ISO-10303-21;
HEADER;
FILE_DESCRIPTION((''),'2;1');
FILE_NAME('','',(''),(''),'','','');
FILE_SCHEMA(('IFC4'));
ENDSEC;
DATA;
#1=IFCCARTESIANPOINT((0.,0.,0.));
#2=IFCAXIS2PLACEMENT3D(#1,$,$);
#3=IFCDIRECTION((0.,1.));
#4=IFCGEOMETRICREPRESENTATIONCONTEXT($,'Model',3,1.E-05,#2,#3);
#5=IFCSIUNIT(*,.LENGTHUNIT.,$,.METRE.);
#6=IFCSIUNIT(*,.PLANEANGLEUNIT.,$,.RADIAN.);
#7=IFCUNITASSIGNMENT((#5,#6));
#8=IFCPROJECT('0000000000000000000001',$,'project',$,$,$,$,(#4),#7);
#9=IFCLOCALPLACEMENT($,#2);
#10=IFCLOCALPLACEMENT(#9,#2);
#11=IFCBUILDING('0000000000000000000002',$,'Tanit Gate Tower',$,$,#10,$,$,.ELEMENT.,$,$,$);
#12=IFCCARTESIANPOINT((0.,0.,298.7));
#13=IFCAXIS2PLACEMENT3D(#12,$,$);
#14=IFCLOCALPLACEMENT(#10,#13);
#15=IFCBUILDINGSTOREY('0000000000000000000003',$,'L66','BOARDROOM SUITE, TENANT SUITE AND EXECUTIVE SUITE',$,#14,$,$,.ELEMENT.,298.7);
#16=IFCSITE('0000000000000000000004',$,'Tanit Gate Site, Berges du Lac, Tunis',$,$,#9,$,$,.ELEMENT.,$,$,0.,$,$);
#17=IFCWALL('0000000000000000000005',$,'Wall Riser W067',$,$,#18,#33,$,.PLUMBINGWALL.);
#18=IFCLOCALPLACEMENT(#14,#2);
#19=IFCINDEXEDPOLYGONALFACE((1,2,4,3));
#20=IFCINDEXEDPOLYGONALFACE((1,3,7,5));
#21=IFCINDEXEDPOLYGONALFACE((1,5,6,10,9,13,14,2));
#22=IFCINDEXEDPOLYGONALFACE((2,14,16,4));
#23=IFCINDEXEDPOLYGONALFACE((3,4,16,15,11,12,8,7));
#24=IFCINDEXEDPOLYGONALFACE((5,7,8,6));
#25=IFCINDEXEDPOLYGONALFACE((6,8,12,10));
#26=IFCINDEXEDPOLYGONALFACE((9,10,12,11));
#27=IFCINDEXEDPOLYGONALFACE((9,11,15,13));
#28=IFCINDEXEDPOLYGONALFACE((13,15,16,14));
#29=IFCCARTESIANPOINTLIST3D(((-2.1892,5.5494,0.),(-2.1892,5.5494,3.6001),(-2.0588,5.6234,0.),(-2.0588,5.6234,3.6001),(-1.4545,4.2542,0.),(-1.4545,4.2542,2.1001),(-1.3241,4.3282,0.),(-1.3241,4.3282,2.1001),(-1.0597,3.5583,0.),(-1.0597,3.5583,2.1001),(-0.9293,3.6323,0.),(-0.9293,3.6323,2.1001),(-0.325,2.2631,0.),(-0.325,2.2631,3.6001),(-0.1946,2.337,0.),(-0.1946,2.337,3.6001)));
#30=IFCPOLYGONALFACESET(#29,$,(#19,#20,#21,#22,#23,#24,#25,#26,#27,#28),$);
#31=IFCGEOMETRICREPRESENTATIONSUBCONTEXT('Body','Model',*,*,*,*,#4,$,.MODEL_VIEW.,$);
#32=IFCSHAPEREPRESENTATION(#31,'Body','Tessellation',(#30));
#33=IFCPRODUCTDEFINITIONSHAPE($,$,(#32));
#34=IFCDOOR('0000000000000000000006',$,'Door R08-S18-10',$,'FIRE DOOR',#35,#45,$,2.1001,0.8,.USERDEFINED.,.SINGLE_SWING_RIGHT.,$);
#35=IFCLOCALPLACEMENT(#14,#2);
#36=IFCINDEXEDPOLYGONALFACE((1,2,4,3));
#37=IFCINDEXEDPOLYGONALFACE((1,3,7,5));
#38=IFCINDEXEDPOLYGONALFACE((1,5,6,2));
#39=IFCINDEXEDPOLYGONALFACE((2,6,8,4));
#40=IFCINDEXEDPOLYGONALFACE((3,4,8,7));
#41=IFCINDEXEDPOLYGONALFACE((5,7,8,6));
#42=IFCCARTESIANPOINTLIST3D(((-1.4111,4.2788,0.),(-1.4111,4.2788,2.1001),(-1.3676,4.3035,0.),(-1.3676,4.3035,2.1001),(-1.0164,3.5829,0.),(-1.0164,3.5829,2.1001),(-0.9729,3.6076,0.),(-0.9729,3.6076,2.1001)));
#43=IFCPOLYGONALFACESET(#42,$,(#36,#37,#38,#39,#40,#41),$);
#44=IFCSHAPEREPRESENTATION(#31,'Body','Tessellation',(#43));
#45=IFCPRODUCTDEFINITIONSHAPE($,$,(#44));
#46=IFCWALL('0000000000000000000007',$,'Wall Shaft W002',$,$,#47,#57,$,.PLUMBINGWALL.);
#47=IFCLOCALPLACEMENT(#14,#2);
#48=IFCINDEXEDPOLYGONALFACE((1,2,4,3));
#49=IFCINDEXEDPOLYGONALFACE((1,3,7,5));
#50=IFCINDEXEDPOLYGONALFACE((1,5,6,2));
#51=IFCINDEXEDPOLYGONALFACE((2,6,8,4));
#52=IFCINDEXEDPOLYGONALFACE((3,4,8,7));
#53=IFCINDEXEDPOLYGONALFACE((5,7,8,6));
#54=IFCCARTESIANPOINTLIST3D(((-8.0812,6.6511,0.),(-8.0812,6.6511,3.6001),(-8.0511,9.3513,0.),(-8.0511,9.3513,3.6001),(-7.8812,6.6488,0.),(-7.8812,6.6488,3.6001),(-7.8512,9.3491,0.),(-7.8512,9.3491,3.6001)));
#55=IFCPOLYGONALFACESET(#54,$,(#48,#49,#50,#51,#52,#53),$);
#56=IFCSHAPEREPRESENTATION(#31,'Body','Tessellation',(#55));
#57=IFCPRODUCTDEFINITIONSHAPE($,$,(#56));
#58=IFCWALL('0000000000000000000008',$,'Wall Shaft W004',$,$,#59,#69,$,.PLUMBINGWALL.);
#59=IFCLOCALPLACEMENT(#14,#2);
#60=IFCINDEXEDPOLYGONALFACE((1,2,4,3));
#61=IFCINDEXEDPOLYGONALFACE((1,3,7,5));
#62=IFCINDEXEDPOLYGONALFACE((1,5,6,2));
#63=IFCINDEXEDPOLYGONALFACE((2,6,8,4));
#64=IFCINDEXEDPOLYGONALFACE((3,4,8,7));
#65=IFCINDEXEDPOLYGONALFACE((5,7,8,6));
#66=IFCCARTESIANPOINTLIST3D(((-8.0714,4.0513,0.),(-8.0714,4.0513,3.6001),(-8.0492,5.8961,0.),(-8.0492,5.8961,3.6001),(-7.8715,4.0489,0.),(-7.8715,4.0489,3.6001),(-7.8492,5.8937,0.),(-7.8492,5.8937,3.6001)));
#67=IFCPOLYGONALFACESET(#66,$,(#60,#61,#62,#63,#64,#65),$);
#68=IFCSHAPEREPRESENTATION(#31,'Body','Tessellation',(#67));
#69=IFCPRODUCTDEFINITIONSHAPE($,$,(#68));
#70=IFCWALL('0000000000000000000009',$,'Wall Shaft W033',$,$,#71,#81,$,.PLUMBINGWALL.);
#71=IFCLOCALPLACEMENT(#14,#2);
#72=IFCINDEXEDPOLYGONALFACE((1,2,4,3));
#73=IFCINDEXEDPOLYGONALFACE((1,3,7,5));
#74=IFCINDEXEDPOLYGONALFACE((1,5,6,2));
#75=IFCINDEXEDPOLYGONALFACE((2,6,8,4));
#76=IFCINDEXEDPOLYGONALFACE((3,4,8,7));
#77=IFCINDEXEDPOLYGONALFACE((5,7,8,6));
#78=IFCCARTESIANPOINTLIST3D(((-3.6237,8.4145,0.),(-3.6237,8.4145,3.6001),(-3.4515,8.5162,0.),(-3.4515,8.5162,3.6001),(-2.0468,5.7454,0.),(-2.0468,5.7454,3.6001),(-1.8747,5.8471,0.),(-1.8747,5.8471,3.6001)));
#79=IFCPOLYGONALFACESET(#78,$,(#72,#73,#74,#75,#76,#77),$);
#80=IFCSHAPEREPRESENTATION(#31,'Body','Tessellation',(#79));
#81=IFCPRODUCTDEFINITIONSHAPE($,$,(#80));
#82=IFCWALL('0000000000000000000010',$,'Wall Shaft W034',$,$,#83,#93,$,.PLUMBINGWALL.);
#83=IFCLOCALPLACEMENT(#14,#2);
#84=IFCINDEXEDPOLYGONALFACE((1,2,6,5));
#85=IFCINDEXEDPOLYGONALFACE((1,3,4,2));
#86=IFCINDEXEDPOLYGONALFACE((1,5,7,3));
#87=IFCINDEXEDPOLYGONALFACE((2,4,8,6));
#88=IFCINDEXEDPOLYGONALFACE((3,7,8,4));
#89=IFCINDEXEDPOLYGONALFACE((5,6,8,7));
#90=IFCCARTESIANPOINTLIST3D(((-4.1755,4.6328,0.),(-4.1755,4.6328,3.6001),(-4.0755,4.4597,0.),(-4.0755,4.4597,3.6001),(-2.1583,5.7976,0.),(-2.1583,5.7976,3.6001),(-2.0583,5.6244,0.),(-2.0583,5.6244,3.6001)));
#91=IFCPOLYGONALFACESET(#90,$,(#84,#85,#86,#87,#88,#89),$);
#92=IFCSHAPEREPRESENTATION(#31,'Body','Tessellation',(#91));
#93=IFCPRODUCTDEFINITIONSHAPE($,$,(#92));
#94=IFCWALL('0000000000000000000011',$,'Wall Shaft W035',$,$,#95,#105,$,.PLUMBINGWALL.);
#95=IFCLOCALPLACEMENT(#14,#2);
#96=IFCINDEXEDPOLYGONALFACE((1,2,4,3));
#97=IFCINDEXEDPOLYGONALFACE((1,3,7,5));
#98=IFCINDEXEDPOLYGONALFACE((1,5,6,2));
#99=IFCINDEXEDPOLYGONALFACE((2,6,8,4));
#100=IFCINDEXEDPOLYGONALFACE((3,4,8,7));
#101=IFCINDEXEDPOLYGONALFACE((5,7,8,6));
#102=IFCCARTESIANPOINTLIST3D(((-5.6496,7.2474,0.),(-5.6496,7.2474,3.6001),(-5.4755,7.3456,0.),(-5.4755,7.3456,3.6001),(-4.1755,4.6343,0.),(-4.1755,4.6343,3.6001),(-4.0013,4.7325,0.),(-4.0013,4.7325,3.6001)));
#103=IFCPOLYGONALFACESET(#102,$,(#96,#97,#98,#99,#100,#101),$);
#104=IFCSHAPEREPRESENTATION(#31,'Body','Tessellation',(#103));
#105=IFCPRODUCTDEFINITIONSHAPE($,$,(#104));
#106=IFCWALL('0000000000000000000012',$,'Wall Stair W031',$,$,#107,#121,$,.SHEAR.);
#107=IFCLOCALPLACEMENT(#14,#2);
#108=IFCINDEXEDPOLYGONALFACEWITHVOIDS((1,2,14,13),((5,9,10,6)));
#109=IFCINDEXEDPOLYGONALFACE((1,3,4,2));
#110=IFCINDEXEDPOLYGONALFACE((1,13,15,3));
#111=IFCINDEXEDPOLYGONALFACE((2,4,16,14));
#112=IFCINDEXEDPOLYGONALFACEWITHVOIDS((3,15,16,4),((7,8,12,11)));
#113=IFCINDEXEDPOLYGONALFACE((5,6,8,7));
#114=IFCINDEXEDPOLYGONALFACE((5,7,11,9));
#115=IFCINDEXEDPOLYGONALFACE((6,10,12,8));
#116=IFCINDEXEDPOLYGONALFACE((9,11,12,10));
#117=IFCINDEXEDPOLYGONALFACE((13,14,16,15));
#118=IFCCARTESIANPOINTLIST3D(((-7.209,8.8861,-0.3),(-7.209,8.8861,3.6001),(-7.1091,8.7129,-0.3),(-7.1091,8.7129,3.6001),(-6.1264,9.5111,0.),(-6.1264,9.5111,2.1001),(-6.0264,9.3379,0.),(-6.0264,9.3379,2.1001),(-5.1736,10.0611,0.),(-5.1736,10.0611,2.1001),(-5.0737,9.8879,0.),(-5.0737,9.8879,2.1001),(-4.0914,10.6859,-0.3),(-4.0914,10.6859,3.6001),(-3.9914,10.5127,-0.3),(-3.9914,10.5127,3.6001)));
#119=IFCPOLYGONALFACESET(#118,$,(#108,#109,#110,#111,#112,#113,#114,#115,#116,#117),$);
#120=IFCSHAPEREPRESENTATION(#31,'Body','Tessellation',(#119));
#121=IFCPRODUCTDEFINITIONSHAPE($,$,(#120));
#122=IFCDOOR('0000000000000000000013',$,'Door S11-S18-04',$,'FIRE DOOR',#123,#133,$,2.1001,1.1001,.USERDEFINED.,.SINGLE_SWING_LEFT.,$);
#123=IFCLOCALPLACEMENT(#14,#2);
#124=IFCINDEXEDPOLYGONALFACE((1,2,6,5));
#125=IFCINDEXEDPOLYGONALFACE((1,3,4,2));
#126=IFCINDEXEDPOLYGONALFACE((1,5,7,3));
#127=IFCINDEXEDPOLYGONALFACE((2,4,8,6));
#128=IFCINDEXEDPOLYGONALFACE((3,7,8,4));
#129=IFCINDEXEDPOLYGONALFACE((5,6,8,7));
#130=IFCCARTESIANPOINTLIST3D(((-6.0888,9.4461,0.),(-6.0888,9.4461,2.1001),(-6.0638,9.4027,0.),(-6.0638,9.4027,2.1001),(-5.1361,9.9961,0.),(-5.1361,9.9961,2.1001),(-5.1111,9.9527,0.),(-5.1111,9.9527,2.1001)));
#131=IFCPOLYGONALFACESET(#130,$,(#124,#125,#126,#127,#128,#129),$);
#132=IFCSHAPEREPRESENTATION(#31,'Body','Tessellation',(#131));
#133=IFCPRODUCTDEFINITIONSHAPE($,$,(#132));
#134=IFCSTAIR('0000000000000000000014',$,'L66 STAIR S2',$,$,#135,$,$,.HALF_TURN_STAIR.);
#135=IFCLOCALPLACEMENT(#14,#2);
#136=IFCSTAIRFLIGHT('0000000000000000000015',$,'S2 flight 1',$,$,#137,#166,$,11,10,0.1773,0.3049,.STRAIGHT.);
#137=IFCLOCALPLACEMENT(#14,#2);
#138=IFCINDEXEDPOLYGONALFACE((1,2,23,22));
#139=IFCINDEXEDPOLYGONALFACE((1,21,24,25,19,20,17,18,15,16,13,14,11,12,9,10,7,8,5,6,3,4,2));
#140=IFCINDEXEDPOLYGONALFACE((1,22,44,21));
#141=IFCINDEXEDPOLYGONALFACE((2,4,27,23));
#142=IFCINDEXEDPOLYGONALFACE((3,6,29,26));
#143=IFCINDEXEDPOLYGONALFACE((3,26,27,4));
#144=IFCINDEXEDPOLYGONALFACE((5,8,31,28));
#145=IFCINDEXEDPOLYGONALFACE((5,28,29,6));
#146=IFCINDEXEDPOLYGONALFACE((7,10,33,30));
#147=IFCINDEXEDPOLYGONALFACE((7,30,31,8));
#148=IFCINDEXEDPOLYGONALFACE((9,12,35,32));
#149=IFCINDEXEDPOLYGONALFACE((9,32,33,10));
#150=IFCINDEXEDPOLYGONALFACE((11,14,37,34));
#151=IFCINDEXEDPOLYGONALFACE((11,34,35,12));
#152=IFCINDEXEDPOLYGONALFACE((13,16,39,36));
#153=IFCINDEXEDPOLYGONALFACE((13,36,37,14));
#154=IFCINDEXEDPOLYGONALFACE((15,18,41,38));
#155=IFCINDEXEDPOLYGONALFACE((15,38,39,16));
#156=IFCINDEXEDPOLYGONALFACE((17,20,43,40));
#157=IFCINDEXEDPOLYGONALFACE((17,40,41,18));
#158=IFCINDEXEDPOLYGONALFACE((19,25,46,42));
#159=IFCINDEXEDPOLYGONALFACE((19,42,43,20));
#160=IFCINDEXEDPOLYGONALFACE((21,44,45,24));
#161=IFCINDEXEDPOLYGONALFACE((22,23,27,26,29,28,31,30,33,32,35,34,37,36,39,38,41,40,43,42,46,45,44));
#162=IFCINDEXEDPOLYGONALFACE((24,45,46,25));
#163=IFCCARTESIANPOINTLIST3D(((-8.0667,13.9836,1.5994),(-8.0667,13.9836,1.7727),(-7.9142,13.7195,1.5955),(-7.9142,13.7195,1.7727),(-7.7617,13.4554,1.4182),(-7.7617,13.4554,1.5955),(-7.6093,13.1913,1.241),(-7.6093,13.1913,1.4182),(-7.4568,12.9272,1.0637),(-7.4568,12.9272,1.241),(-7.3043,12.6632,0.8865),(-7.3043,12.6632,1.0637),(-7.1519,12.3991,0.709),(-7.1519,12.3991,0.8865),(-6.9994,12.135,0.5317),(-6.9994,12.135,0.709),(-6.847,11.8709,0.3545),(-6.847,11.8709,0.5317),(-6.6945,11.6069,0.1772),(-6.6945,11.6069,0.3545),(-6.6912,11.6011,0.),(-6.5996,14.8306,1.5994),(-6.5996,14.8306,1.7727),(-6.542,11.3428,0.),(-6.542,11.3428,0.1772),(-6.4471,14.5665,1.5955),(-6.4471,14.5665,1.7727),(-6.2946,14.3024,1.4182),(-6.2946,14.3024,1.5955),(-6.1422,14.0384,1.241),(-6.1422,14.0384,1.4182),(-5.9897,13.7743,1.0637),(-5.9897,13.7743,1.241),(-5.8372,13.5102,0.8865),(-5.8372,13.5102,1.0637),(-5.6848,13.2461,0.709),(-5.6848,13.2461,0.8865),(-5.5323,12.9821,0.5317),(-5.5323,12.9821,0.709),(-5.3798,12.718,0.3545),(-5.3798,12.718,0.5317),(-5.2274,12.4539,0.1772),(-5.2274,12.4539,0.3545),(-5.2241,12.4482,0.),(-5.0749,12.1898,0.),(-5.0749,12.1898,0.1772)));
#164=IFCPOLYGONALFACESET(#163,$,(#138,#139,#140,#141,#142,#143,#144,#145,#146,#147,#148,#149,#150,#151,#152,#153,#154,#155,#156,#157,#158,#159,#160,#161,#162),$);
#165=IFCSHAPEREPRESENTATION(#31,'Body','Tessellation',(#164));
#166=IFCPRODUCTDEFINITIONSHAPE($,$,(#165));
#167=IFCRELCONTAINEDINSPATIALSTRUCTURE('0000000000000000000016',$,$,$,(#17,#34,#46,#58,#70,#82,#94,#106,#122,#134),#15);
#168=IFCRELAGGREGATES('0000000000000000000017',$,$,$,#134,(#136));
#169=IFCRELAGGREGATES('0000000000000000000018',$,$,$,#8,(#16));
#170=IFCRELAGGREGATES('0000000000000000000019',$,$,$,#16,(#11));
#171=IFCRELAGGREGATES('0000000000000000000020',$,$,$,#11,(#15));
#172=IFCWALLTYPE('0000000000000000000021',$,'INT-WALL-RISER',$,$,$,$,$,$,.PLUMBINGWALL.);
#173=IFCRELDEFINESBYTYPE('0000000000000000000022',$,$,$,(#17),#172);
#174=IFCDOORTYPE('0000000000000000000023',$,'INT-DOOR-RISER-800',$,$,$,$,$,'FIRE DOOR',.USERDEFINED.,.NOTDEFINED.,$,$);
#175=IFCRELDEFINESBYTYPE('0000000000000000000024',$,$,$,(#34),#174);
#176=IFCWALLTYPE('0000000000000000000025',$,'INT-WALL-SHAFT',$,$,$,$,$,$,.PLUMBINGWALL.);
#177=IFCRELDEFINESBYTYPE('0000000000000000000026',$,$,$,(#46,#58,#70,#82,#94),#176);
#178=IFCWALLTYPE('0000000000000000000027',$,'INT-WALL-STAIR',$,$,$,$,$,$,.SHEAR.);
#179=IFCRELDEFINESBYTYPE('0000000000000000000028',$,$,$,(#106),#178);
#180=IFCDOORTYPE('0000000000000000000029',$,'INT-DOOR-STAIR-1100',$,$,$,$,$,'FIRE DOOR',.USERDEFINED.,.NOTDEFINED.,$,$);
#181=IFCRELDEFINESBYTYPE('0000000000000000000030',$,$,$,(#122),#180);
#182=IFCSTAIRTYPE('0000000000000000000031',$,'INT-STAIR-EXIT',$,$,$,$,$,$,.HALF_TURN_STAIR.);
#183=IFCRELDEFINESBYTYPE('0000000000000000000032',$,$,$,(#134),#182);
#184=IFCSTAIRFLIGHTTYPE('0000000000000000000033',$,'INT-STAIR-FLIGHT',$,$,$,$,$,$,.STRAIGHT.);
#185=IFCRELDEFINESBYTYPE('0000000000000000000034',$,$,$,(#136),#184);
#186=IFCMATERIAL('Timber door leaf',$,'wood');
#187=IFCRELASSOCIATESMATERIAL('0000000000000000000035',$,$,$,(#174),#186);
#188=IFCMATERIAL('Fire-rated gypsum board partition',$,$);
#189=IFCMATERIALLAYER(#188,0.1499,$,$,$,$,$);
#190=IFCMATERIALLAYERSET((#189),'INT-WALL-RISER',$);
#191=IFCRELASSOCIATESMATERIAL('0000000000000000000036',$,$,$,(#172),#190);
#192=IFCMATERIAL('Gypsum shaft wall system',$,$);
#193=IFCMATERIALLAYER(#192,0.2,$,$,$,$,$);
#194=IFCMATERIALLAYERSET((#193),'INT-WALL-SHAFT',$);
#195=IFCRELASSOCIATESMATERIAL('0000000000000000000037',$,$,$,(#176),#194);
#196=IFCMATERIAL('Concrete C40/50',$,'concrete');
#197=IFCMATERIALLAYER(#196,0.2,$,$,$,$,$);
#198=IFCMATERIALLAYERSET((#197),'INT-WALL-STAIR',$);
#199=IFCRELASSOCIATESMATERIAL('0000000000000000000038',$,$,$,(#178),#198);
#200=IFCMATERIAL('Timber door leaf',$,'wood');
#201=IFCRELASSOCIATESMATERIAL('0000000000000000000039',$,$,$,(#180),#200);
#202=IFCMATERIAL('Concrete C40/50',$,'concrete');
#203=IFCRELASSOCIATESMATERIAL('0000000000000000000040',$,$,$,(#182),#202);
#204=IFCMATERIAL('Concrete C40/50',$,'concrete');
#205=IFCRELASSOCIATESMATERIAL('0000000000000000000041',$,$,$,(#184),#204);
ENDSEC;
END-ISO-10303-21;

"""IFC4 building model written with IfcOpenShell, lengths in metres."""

from ifc_helpers import new_model, si_unit, direction, frame, frame_2d, origin, place, context, subcontext, project, spatial, polyline, rectangle, outline, extrude, material, layer, layer_set, type_object, element, fill, aggregate, save


model = new_model("IFC4")

# Units and contexts
model_context = context("Model", 3, precision=1e-05, world=origin(), true_north=direction((0.0, 1.0)))
body_context = subcontext(model_context, "Body", "Model", "MODEL_VIEW")
ifc_project = project(units=[si_unit("LENGTHUNIT", "METRE"), si_unit("PLANEANGLEUNIT", "RADIAN")], contexts=[model_context])

# Site, building, storey
site_placement = place(None, origin())
site = spatial("IfcSite", under=ifc_project, at=site_placement, Name="Tanit Gate Site, Berges du Lac, Tunis", CompositionType="ELEMENT", RefElevation=0.0)
building_placement = place(site_placement, origin())
building = spatial("IfcBuilding", under=site, at=building_placement, Name="Tanit Gate Tower", CompositionType="ELEMENT")
storey_placement = place(building_placement, frame((0.0, 0.0, 298.7)))
storey = spatial("IfcBuildingStorey", under=building, at=storey_placement, Name="L66", Description="BOARDROOM SUITE, TENANT SUITE AND EXECUTIVE SUITE", CompositionType="ELEMENT", Elevation=298.7)

# Shared definitions
ifc_material_1 = material(Name="Timber door leaf", Category="wood")
door_type_1 = type_object("IfcDoorType", Name="INT-DOOR-RISER-800", ElementType="FIRE DOOR", OperationType="NOTDEFINED", PredefinedType="USERDEFINED", material=ifc_material_1)

# Wall, opening, door
ifc_material_2 = material(Name="Fire-rated gypsum board partition")
ifc_layer_1 = layer(ifc_material_2, 0.1499)
ifc_layer_set_1 = layer_set([ifc_layer_1], Name="INT-WALL-RISER")
wall_type_1 = type_object("IfcWallType", Name="INT-WALL-RISER", PredefinedType="PLUMBINGWALL", material=ifc_layer_set_1)
wall_1_placement = place(storey_placement, frame((-2.124, 5.5864, 0.0), z_axis=(0.0, 0.0, 1.0), x_axis=(0.493409, -0.869798, 0.0)))
wall_1 = element("IfcWall", 1, at=wall_1_placement, inside=storey, type_object=wall_type_1, Name="Wall Riser W067", PredefinedType="PLUMBINGWALL", context=body_context, shape_type="SweptSolid", body=[
    extrude(rectangle(XDim=3.7783, YDim=0.1499, at=frame_2d((1.8892, 0.0))), origin(), (0.0, 0.0, 1.0), 3.6001),
])
opening_1_placement = place(wall_1_placement, frame((1.4893, 0.0, 0.0)))
opening_1 = element("IfcOpeningElement", 2, at=opening_1_placement, cuts=wall_1, PredefinedType="OPENING", context=body_context, shape_type="SweptSolid", body=[
    extrude(rectangle(XDim=0.8, YDim=2.1001, at=frame_2d((0.3999, 1.05))), frame((0.0, 0.085, 0.0), z_axis=(0.0, -1.0, 0.0), x_axis=(1.0, 0.0, 0.0)), (0.0, 0.0, 1.0), 0.1699),
])
door_1_placement = place(opening_1_placement, origin())
door_1 = element("IfcDoor", 3, at=door_1_placement, inside=storey, type_object=door_type_1, Name="Door R08-S18-10", ObjectType="FIRE DOOR", OperationType="SINGLE_SWING_RIGHT", OverallHeight=2.1001, OverallWidth=0.8, PredefinedType="USERDEFINED", context=body_context, shape_type="SweptSolid", body=[
    extrude(rectangle(XDim=0.8, YDim=2.1001, at=frame_2d((0.3999, 1.05))), frame((0.0, 0.0249, 0.0), z_axis=(0.0, -1.0, 0.0), x_axis=(1.0, 0.0, 0.0)), (0.0, 0.0, 1.0), 0.05),
])
fill(opening_1, door_1)

# Walls
ifc_material_3 = material(Name="Gypsum shaft wall system")
ifc_layer_2 = layer(ifc_material_3, 0.2)
ifc_layer_set_2 = layer_set([ifc_layer_2], Name="INT-WALL-SHAFT")
wall_type_2 = type_object("IfcWallType", Name="INT-WALL-SHAFT", PredefinedType="PLUMBINGWALL", material=ifc_layer_set_2)
wall_2_placement = place(storey_placement, frame((-7.9512, 9.3501, 0.0), z_axis=(0.0, 0.0, 1.0), x_axis=(-0.01112, -0.999938, 0.0)))
element("IfcWall", 4, at=wall_2_placement, inside=storey, type_object=wall_type_2, Name="Wall Shaft W002", PredefinedType="PLUMBINGWALL", context=body_context, shape_type="SweptSolid", body=[
    extrude(rectangle(XDim=2.7004, YDim=0.2, at=frame_2d((1.3501, 0.0))), origin(), (0.0, 0.0, 1.0), 3.6001),
])
wall_3_placement = place(storey_placement, frame((-7.9492, 5.8948, 0.0), z_axis=(0.0, 0.0, 1.0), x_axis=(-0.012043, -0.999927, 0.0)))
element("IfcWall", 5, at=wall_3_placement, inside=storey, type_object=wall_type_2, Name="Wall Shaft W004", PredefinedType="PLUMBINGWALL", context=body_context, shape_type="SweptSolid", body=[
    extrude(rectangle(XDim=1.845, YDim=0.2, at=frame_2d((0.9224, 0.0))), origin(), (0.0, 0.0, 1.0), 3.6001),
])

# Walls
wall_4_placement = place(storey_placement, frame((-3.5376, 8.4653, 0.0), z_axis=(0.0, 0.0, 1.0), x_axis=(0.508647, -0.860975, 0.0)))
element("IfcWall", 6, at=wall_4_placement, inside=storey, type_object=wall_type_2, Name="Wall Shaft W033", PredefinedType="PLUMBINGWALL", context=body_context, shape_type="SweptSolid", body=[
    extrude(rectangle(XDim=3.1001, YDim=0.2, at=frame_2d((1.55, 0.0))), origin(), (0.0, 0.0, 1.0), 3.6001),
])
wall_5_placement = place(storey_placement, frame((-2.1084, 5.7109, 0.0), z_axis=(0.0, 0.0, 1.0), x_axis=(-0.866009, -0.500028, 0.0)))
element("IfcWall", 7, at=wall_5_placement, inside=storey, type_object=wall_type_2, Name="Wall Shaft W034", PredefinedType="PLUMBINGWALL", context=body_context, shape_type="SweptSolid", body=[
    extrude(rectangle(XDim=2.3293, YDim=0.2, at=frame_2d((1.1646, 0.0))), origin(), (0.0, 0.0, 1.0), 3.6001),
])
wall_6_placement = place(storey_placement, frame((-5.5625, 7.2964, 0.0), z_axis=(0.0, 0.0, 1.0), x_axis=(0.491347, -0.870964, 0.0)))
element("IfcWall", 8, at=wall_6_placement, inside=storey, type_object=wall_type_2, Name="Wall Shaft W035", PredefinedType="PLUMBINGWALL", context=body_context, shape_type="SweptSolid", body=[
    extrude(rectangle(XDim=3.0002, YDim=0.2, at=frame_2d((1.5, 0.0))), origin(), (0.0, 0.0, 1.0), 3.6001),
])

# Wall, opening, door
ifc_material_4 = material(Name="Concrete C40/50", Category="concrete")
ifc_layer_3 = layer(ifc_material_4, 0.2)
ifc_layer_set_3 = layer_set([ifc_layer_3], Name="INT-WALL-STAIR")
wall_type_3 = type_object("IfcWallType", Name="INT-WALL-STAIR", PredefinedType="SHEAR", material=ifc_layer_set_3)
wall_7_placement = place(storey_placement, frame((-7.1589, 8.7996, -0.3), z_axis=(0.0, 0.0, 1.0), x_axis=(0.866048, 0.499961, 0.0)))
wall_7 = element("IfcWall", 9, at=wall_7_placement, inside=storey, type_object=wall_type_3, Name="Wall Stair W031", PredefinedType="SHEAR", context=body_context, shape_type="SweptSolid", body=[
    extrude(rectangle(XDim=3.5999, YDim=0.2, at=frame_2d((1.7998, 0.0))), origin(), (0.0, 0.0, 1.0), 3.9001),
])
opening_2_placement = place(wall_7_placement, frame((1.25, 0.0, 0.3)))
opening_2 = element("IfcOpeningElement", 10, at=opening_2_placement, cuts=wall_7, PredefinedType="OPENING", context=body_context, shape_type="SweptSolid", body=[
    extrude(rectangle(XDim=1.1001, YDim=2.1001, at=frame_2d((0.55, 1.05))), frame((0.0, 0.1099, 0.0), z_axis=(0.0, -1.0, 0.0), x_axis=(1.0, 0.0, 0.0)), (0.0, 0.0, 1.0), 0.22),
])
ifc_material_5 = material(Name="Timber door leaf", Category="wood")
door_type_2 = type_object("IfcDoorType", Name="INT-DOOR-STAIR-1100", ElementType="FIRE DOOR", OperationType="NOTDEFINED", PredefinedType="USERDEFINED", material=ifc_material_5)
door_2_placement = place(opening_2_placement, origin())
door_2 = element("IfcDoor", 11, at=door_2_placement, inside=storey, type_object=door_type_2, Name="Door S11-S18-04", ObjectType="FIRE DOOR", OperationType="SINGLE_SWING_LEFT", OverallHeight=2.1001, OverallWidth=1.1001, PredefinedType="USERDEFINED", context=body_context, shape_type="SweptSolid", body=[
    extrude(rectangle(XDim=1.1001, YDim=2.1001, at=frame_2d((0.55, 1.05))), frame((0.0, 0.0249, 0.0), z_axis=(0.0, -1.0, 0.0), x_axis=(1.0, 0.0, 0.0)), (0.0, 0.0, 1.0), 0.05),
])
fill(opening_2, door_2)

# Stair, stair flight
ifc_material_6 = material(Name="Concrete C40/50", Category="concrete")
stair_type = type_object("IfcStairType", Name="INT-STAIR-EXIT", PredefinedType="HALF_TURN_STAIR", material=ifc_material_6)
stair_placement = place(storey_placement, origin())
stair = element("IfcStair", 12, at=stair_placement, inside=storey, type_object=stair_type, Name="L66 STAIR S2", PredefinedType="HALF_TURN_STAIR")
ifc_material_7 = material(Name="Concrete C40/50", Category="concrete")
stair_flight_type = type_object("IfcStairFlightType", Name="INT-STAIR-FLIGHT", PredefinedType="STRAIGHT", material=ifc_material_7)
stair_flight_placement = place(storey_placement, frame((-5.8083, 11.7664, 0.0), z_axis=(0.0, 0.0, 1.0), x_axis=(-0.5, 0.866025, 0.0)))
stair_flight = element("IfcStairFlight", 13, at=stair_flight_placement, type_object=stair_flight_type, Name="S2 flight 1", NumberOfRisers=11, NumberOfTreads=10, PredefinedType="STRAIGHT", RiserHeight=0.1773, TreadLength=0.3049, context=body_context, shape_type="SweptSolid", body=[
    extrude(outline(polyline([(0.0, 0.0), (0.0, 0.1772), (0.3049, 0.1772), (0.3049, 0.3545), (0.6099, 0.3545), (0.6099, 0.5317), (0.9148, 0.5317), (0.9148, 0.709), (1.2197, 0.709), (1.2197, 0.8865), (1.5247, 0.8865), (1.5247, 1.0637), (1.8296, 1.0637), (1.8296, 1.241), (2.1345, 1.241), (2.1345, 1.4182), (2.4395, 1.4182), (2.4395, 1.5955), (2.7444, 1.5955), (2.7444, 1.7727), (3.0493, 1.7727), (3.0493, 1.95), (3.0493, 1.5994), (0.2983, 0.0), (0.0, 0.0)])), frame((0.0, 0.8472, 0.0), z_axis=(0.0, -1.0, 0.0), x_axis=(1.0, 0.0, 0.0)), (0.0, 0.0, 1.0), 1.6941),
])
aggregate(stair, [stair_flight])

save(model, "model.ifc")
